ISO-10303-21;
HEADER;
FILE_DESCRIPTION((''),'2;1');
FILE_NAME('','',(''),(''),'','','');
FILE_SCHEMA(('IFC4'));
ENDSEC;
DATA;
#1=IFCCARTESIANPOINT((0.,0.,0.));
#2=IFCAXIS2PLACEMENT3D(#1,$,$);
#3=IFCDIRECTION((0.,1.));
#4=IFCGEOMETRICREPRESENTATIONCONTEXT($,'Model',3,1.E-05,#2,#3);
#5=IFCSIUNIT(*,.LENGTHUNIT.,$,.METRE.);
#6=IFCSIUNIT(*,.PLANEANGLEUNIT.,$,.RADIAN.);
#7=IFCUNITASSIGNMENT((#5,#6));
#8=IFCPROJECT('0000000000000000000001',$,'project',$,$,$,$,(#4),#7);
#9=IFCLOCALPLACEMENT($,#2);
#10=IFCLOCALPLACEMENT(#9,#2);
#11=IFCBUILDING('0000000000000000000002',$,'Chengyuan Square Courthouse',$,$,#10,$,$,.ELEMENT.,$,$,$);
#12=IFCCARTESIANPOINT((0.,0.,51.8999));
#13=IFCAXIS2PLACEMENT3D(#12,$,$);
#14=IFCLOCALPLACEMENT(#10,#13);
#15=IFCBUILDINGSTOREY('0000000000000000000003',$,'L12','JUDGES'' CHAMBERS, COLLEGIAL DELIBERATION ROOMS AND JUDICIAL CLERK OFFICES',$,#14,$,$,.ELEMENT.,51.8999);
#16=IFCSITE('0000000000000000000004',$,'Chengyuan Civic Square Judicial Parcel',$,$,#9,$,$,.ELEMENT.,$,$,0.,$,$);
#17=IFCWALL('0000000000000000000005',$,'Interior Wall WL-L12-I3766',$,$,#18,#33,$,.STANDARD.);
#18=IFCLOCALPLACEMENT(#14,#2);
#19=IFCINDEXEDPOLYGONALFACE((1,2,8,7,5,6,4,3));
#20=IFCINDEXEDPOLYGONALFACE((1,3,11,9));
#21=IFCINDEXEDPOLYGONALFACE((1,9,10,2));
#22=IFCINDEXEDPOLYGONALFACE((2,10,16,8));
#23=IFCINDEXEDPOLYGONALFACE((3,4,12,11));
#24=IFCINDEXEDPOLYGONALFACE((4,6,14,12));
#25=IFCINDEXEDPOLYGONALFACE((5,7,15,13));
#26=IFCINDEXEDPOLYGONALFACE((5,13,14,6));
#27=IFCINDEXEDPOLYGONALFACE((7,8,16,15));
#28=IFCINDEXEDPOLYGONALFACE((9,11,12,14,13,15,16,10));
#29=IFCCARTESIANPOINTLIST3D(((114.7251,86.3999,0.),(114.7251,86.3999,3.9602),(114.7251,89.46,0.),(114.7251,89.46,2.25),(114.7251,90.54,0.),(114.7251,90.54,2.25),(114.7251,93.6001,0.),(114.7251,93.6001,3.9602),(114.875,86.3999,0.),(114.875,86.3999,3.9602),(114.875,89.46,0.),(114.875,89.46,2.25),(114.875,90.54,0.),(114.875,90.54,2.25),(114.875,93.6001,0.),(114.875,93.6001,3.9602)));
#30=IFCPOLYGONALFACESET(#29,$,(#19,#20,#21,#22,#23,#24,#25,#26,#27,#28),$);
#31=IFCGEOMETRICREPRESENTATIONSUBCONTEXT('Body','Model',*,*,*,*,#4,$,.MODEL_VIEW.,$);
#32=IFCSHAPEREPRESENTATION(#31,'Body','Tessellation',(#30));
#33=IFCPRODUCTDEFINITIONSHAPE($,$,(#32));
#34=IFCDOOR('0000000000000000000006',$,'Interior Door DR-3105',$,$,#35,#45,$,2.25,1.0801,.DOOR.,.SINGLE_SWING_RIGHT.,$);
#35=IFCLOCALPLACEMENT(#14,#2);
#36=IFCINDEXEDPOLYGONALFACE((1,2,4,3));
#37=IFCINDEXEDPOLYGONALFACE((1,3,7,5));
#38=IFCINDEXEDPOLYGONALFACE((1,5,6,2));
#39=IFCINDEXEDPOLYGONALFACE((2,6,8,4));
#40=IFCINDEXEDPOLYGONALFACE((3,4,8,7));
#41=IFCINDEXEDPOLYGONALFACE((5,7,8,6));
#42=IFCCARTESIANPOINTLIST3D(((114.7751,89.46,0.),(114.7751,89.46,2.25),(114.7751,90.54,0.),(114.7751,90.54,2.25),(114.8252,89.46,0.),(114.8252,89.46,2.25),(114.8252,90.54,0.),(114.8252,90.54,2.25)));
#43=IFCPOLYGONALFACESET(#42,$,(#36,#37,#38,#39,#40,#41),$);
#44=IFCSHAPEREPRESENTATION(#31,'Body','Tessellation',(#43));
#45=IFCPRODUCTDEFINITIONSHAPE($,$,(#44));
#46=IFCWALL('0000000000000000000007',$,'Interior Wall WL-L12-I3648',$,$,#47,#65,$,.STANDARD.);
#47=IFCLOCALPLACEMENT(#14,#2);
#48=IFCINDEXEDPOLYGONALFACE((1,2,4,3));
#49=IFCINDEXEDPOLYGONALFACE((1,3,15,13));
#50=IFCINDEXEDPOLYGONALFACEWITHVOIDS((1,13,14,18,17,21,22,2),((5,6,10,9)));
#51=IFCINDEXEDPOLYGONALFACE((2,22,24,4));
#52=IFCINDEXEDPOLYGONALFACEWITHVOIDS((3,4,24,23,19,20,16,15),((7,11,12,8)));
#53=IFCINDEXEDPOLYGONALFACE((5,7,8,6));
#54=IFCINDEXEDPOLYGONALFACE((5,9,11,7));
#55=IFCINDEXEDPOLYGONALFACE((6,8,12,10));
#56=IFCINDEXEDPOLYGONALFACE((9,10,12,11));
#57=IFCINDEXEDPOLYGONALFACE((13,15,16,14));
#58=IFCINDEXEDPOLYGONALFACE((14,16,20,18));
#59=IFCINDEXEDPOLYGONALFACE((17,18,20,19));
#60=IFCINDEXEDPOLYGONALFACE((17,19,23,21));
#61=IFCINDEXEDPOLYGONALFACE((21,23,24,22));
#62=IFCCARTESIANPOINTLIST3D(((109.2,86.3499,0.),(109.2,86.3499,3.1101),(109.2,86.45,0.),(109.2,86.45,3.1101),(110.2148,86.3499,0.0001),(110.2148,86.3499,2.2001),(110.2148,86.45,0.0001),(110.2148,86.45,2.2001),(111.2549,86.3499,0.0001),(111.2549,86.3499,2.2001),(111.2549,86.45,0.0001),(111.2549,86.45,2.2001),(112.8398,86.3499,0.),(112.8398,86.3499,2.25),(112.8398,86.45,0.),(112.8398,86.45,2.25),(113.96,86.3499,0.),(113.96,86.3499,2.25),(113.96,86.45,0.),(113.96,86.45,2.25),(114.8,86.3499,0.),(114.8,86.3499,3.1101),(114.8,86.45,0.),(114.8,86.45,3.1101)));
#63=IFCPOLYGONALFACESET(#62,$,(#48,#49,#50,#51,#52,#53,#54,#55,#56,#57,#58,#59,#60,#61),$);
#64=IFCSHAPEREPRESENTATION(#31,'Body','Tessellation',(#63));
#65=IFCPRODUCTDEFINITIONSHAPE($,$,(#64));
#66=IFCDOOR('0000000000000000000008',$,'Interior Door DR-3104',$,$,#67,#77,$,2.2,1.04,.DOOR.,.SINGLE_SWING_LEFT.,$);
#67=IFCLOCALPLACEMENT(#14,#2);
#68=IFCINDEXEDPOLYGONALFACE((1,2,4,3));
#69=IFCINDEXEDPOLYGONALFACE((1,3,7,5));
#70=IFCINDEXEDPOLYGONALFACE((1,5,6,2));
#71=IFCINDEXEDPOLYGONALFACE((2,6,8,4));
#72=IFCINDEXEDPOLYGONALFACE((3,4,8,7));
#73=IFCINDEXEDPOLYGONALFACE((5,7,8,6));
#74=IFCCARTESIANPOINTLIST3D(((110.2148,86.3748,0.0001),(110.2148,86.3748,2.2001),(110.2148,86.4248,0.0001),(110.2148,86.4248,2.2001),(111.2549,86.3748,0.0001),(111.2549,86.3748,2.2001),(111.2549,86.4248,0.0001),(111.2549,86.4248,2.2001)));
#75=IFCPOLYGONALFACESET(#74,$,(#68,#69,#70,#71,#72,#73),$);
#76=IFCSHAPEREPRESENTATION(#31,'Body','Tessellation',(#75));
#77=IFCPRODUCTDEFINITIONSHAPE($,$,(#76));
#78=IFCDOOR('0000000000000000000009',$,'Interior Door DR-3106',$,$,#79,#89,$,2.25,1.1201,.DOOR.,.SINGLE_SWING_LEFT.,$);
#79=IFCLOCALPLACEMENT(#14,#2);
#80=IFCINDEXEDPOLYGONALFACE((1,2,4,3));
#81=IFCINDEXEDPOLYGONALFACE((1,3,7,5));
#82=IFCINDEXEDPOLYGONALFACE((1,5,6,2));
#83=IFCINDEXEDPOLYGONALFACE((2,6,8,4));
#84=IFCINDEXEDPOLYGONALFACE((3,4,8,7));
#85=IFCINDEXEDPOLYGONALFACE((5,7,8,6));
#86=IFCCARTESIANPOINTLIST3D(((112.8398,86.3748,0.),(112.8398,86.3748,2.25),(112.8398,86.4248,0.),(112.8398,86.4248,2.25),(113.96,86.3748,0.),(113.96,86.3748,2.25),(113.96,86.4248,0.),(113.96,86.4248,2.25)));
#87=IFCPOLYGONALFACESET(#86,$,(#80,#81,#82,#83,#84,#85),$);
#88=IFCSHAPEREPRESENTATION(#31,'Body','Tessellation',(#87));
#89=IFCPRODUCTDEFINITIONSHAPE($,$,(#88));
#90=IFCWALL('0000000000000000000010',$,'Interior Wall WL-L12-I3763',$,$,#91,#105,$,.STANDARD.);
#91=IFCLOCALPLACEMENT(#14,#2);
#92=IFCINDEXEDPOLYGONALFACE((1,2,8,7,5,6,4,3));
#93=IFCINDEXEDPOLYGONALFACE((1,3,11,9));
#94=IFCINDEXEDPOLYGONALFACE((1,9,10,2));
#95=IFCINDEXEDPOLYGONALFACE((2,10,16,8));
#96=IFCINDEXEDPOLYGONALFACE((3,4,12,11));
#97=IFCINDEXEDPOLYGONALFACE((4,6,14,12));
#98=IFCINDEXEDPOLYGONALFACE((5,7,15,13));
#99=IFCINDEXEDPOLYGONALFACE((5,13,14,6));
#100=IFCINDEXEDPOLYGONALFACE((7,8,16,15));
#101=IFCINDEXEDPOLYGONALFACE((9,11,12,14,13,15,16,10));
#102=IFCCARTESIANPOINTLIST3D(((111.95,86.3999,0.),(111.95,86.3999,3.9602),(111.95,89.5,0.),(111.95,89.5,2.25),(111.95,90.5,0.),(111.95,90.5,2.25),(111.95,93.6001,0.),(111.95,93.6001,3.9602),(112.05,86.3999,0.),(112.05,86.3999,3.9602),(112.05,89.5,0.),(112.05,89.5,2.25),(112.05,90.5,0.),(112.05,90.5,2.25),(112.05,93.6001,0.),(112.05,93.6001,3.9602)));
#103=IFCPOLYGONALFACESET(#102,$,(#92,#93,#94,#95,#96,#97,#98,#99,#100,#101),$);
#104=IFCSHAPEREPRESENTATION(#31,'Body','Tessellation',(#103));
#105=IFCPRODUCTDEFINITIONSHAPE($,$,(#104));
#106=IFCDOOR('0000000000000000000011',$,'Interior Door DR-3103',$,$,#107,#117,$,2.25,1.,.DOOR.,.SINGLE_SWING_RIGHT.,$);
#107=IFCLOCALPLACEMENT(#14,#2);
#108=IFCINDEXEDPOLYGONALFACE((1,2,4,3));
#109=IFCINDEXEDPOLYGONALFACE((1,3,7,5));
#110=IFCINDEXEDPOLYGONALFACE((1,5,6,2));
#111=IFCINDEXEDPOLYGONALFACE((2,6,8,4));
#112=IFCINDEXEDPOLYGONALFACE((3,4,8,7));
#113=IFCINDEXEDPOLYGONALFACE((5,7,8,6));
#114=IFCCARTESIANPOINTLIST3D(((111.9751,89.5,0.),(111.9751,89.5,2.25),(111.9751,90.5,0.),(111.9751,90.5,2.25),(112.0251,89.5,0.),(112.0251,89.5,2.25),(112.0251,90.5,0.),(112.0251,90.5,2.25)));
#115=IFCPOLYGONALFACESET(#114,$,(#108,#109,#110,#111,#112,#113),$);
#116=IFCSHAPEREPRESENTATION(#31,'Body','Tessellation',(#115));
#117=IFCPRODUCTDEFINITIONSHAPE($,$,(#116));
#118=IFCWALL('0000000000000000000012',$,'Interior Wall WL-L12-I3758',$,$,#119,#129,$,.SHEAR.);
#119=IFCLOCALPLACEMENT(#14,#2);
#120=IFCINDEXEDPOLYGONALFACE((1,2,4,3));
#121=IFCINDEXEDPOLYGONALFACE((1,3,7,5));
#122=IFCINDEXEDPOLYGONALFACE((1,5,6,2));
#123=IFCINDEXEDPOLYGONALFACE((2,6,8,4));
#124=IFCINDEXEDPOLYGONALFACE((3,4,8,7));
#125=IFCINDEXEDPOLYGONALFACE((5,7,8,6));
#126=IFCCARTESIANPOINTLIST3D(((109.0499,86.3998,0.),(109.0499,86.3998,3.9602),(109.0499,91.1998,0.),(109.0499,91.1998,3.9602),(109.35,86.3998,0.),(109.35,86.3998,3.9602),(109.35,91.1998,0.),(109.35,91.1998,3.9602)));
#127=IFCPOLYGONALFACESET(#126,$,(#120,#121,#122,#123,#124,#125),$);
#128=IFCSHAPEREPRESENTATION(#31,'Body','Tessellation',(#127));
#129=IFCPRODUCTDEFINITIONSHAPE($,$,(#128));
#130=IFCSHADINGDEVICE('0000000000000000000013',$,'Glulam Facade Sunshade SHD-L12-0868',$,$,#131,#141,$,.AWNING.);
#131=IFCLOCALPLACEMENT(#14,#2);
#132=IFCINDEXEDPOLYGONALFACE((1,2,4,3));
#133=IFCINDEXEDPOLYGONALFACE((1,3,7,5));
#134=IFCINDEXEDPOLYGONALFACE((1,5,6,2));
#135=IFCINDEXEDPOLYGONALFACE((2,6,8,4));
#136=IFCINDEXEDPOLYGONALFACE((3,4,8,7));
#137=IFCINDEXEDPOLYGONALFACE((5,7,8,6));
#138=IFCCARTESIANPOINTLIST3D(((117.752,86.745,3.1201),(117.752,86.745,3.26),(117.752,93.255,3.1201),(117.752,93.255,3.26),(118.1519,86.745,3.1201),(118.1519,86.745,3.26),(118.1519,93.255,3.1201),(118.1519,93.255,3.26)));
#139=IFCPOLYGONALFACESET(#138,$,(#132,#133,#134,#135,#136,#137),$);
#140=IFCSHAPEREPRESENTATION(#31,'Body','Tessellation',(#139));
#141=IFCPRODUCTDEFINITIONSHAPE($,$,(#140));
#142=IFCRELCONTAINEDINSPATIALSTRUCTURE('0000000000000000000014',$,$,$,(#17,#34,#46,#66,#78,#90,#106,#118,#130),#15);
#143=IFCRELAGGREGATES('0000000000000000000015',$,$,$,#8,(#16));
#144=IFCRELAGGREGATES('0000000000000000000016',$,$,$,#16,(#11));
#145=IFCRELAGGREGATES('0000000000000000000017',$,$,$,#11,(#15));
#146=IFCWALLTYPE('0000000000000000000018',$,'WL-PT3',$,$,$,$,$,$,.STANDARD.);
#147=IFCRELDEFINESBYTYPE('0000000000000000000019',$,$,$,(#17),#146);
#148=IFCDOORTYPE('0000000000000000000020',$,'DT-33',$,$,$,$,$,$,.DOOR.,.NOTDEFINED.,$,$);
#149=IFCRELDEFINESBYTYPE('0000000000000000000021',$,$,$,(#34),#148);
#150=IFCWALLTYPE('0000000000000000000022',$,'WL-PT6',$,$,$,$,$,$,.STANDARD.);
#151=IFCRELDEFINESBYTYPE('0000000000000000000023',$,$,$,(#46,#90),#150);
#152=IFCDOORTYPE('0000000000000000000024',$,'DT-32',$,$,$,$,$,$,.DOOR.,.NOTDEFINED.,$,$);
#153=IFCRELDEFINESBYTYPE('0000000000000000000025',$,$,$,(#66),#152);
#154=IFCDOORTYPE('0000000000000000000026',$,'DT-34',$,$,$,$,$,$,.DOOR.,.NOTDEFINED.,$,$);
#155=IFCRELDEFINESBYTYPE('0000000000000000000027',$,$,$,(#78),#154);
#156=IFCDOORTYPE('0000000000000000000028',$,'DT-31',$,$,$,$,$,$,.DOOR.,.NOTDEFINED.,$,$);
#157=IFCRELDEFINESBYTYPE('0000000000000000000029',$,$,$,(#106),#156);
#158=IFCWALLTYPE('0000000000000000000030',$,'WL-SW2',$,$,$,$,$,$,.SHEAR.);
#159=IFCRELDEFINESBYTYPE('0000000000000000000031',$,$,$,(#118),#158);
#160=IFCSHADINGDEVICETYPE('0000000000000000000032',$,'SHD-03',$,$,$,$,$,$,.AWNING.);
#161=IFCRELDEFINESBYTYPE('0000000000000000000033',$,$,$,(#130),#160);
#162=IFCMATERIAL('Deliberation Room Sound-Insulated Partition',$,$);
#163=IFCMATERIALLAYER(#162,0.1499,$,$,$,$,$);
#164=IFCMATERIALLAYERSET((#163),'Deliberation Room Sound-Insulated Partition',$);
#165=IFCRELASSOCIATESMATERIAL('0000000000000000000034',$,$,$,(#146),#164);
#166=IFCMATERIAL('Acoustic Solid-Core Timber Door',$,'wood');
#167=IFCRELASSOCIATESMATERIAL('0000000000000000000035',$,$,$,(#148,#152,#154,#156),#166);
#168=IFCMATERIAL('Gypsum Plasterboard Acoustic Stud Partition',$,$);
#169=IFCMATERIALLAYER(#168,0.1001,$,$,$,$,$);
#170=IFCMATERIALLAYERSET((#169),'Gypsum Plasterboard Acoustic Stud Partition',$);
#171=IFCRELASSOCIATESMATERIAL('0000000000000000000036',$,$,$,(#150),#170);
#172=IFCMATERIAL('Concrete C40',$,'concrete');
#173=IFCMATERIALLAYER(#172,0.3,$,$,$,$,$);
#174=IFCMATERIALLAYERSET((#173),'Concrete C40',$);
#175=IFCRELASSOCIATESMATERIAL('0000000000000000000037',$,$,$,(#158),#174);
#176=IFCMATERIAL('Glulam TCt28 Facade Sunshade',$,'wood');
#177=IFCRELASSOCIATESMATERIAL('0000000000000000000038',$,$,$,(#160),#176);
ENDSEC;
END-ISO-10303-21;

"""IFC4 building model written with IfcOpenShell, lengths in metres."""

from ifc_helpers import new_model, si_unit, direction, frame, frame_2d, origin, origin_2d, place, context, subcontext, project, spatial, rectangle, extrude, material, layer, layer_set, type_object, element, fill, save


model = new_model("IFC4")

# Units and contexts
model_context = context("Model", 3, precision=1e-05, world=origin(), true_north=direction((0.0, 1.0)))
body_context = subcontext(model_context, "Body", "Model", "MODEL_VIEW")
ifc_project = project(units=[si_unit("LENGTHUNIT", "METRE"), si_unit("PLANEANGLEUNIT", "RADIAN")], contexts=[model_context])

# Site, building, storey
site_placement = place(None, origin())
site = spatial("IfcSite", under=ifc_project, at=site_placement, Name="Chengyuan Civic Square Judicial Parcel", CompositionType="ELEMENT", RefElevation=0.0)
building_placement = place(site_placement, origin())
building = spatial("IfcBuilding", under=site, at=building_placement, Name="Chengyuan Square Courthouse", CompositionType="ELEMENT")
storey_placement = place(building_placement, frame((0.0, 0.0, 51.8999)))
storey = spatial("IfcBuildingStorey", under=building, at=storey_placement, Name="L12", Description="JUDGES' CHAMBERS, COLLEGIAL DELIBERATION ROOMS AND JUDICIAL CLERK OFFICES", CompositionType="ELEMENT", Elevation=51.8999)

# Shared definitions
ifc_material_1 = material(Name="Concrete C40", Category="concrete")

# Wall, opening, door
ifc_material_2 = material(Name="Deliberation Room Sound-Insulated Partition")
ifc_layer_1 = layer(ifc_material_2, 0.1499)
ifc_layer_set_1 = layer_set([ifc_layer_1], Name="Deliberation Room Sound-Insulated Partition")
wall_type_1 = type_object("IfcWallType", Name="WL-PT3", PredefinedType="STANDARD", material=ifc_layer_set_1)
ifc_material_3 = material(Name="Acoustic Solid-Core Timber Door", Category="wood")
wall_1_placement = place(storey_placement, frame((114.8, 86.3999, 0.0), z_axis=(0.0, 0.0, 1.0), x_axis=(0.0, 1.0, 0.0)))
wall_1 = element("IfcWall", 1, at=wall_1_placement, inside=storey, type_object=wall_type_1, Name="Interior Wall WL-L12-I3766", PredefinedType="STANDARD", context=body_context, shape_type="SweptSolid", body=[
    extrude(rectangle(XDim=7.2002, YDim=0.1499, at=frame_2d((3.6001, 0.0))), origin(), (0.0, 0.0, 1.0), 3.9602),
])
opening_1_placement = place(wall_1_placement, frame((3.0601, 0.0, 0.0)))
opening_1 = element("IfcOpeningElement", 2, at=opening_1_placement, cuts=wall_1, PredefinedType="OPENING", context=body_context, shape_type="SweptSolid", body=[
    extrude(rectangle(XDim=1.0801, YDim=2.25, at=frame_2d((0.54, 1.125))), frame((0.0, 0.0869, 0.0), z_axis=(0.0, -1.0, 0.0), x_axis=(1.0, 0.0, 0.0)), (0.0, 0.0, 1.0), 0.1738),
])
door_type_1 = type_object("IfcDoorType", Name="DT-33", OperationType="NOTDEFINED", PredefinedType="DOOR", material=ifc_material_3)
door_1_placement = place(opening_1_placement, origin())
door_1 = element("IfcDoor", 3, at=door_1_placement, inside=storey, type_object=door_type_1, Name="Interior Door DR-3105", OperationType="SINGLE_SWING_RIGHT", OverallHeight=2.25, OverallWidth=1.0801, PredefinedType="DOOR", context=body_context, shape_type="SweptSolid", body=[
    extrude(rectangle(XDim=1.0801, YDim=2.25, at=frame_2d((0.54, 1.125))), frame((0.0, 0.0249, 0.0), z_axis=(0.0, -1.0, 0.0), x_axis=(1.0, 0.0, 0.0)), (0.0, 0.0, 1.0), 0.05),
])
fill(opening_1, door_1)

# Wall, openings, doors
ifc_material_4 = material(Name="Gypsum Plasterboard Acoustic Stud Partition")
ifc_layer_2 = layer(ifc_material_4, 0.1001)
ifc_layer_set_2 = layer_set([ifc_layer_2], Name="Gypsum Plasterboard Acoustic Stud Partition")
wall_type_2 = type_object("IfcWallType", Name="WL-PT6", PredefinedType="STANDARD", material=ifc_layer_set_2)
wall_2_placement = place(storey_placement, frame((109.2, 86.3999, 0.0), z_axis=(0.0, 0.0, 1.0), x_axis=(1.0, 0.0, 0.0)))
wall_2 = element("IfcWall", 4, at=wall_2_placement, inside=storey, type_object=wall_type_2, Name="Interior Wall WL-L12-I3648", PredefinedType="STANDARD", context=body_context, shape_type="SweptSolid", body=[
    extrude(rectangle(XDim=5.6001, YDim=0.1001, at=frame_2d((2.8, 0.0))), origin(), (0.0, 0.0, 1.0), 3.1101),
])
opening_2_placement = place(wall_2_placement, frame((1.0149, 0.0, 0.0)))
opening_2 = element("IfcOpeningElement", 5, at=opening_2_placement, cuts=wall_2, PredefinedType="OPENING", context=body_context, shape_type="SweptSolid", body=[
    extrude(rectangle(XDim=1.04, YDim=2.2, at=frame_2d((0.52, 1.1001))), frame((0.0, 0.062, 0.0), z_axis=(0.0, -1.0, 0.0), x_axis=(1.0, 0.0, 0.0)), (0.0, 0.0, 1.0), 0.124),
])
opening_3_placement = place(wall_2_placement, frame((3.6399, 0.0, 0.0)))
opening_3 = element("IfcOpeningElement", 6, at=opening_3_placement, cuts=wall_2, PredefinedType="OPENING", context=body_context, shape_type="SweptSolid", body=[
    extrude(rectangle(XDim=1.1201, YDim=2.25, at=frame_2d((0.5601, 1.125))), frame((0.0, 0.062, 0.0), z_axis=(0.0, -1.0, 0.0), x_axis=(1.0, 0.0, 0.0)), (0.0, 0.0, 1.0), 0.124),
])
door_type_2 = type_object("IfcDoorType", Name="DT-32", OperationType="NOTDEFINED", PredefinedType="DOOR", material=ifc_material_3)
door_2_placement = place(opening_2_placement, origin())
door_2 = element("IfcDoor", 7, at=door_2_placement, inside=storey, type_object=door_type_2, Name="Interior Door DR-3104", OperationType="SINGLE_SWING_LEFT", OverallHeight=2.2, OverallWidth=1.04, PredefinedType="DOOR", context=body_context, shape_type="SweptSolid", body=[
    extrude(rectangle(XDim=1.04, YDim=2.2, at=frame_2d((0.52, 1.1001))), frame((0.0, 0.0249, 0.0), z_axis=(0.0, -1.0, 0.0), x_axis=(1.0, 0.0, 0.0)), (0.0, 0.0, 1.0), 0.05),
])
fill(opening_2, door_2)
door_type_3 = type_object("IfcDoorType", Name="DT-34", OperationType="NOTDEFINED", PredefinedType="DOOR", material=ifc_material_3)
door_3_placement = place(opening_3_placement, origin())
door_3 = element("IfcDoor", 8, at=door_3_placement, inside=storey, type_object=door_type_3, Name="Interior Door DR-3106", OperationType="SINGLE_SWING_LEFT", OverallHeight=2.25, OverallWidth=1.1201, PredefinedType="DOOR", context=body_context, shape_type="SweptSolid", body=[
    extrude(rectangle(XDim=1.1201, YDim=2.25, at=frame_2d((0.5601, 1.125))), frame((0.0, 0.0249, 0.0), z_axis=(0.0, -1.0, 0.0), x_axis=(1.0, 0.0, 0.0)), (0.0, 0.0, 1.0), 0.05),
])
fill(opening_3, door_3)

# Wall, opening, door
wall_3_placement = place(storey_placement, frame((112.0, 86.3999, 0.0), z_axis=(0.0, 0.0, 1.0), x_axis=(0.0, 1.0, 0.0)))
wall_3 = element("IfcWall", 9, at=wall_3_placement, inside=storey, type_object=wall_type_2, Name="Interior Wall WL-L12-I3763", PredefinedType="STANDARD", context=body_context, shape_type="SweptSolid", body=[
    extrude(rectangle(XDim=7.2002, YDim=0.1001, at=frame_2d((3.6001, 0.0))), origin(), (0.0, 0.0, 1.0), 3.9602),
])
opening_4_placement = place(wall_3_placement, frame((3.1001, 0.0, 0.0)))
opening_4 = element("IfcOpeningElement", 10, at=opening_4_placement, cuts=wall_3, PredefinedType="OPENING", context=body_context, shape_type="SweptSolid", body=[
    extrude(rectangle(XDim=1.0, YDim=2.25, at=frame_2d((0.5, 1.125))), frame((0.0, 0.062, 0.0), z_axis=(0.0, -1.0, 0.0), x_axis=(1.0, 0.0, 0.0)), (0.0, 0.0, 1.0), 0.124),
])
door_type_4 = type_object("IfcDoorType", Name="DT-31", OperationType="NOTDEFINED", PredefinedType="DOOR", material=ifc_material_3)
door_4_placement = place(opening_4_placement, origin())
door_4 = element("IfcDoor", 11, at=door_4_placement, inside=storey, type_object=door_type_4, Name="Interior Door DR-3103", OperationType="SINGLE_SWING_RIGHT", OverallHeight=2.25, OverallWidth=1.0, PredefinedType="DOOR", context=body_context, shape_type="SweptSolid", body=[
    extrude(rectangle(XDim=1.0, YDim=2.25, at=frame_2d((0.5, 1.125))), frame((0.0, 0.0249, 0.0), z_axis=(0.0, -1.0, 0.0), x_axis=(1.0, 0.0, 0.0)), (0.0, 0.0, 1.0), 0.05),
])
fill(opening_4, door_4)

# Wall
ifc_layer_3 = layer(ifc_material_1, 0.3)
ifc_layer_set_3 = layer_set([ifc_layer_3], Name="Concrete C40")
wall_type_3 = type_object("IfcWallType", Name="WL-SW2", PredefinedType="SHEAR", material=ifc_layer_set_3)
wall_4_placement = place(storey_placement, frame((109.2, 86.3999, 0.0), z_axis=(0.0, 0.0, 1.0), x_axis=(0.0, 1.0, 0.0)))
element("IfcWall", 12, at=wall_4_placement, inside=storey, type_object=wall_type_3, Name="Interior Wall WL-L12-I3758", PredefinedType="SHEAR", context=body_context, shape_type="SweptSolid", body=[
    extrude(rectangle(XDim=4.8, YDim=0.3, at=frame_2d((2.3999, 0.0))), origin(), (0.0, 0.0, 1.0), 3.9602),
])

# Shading device
ifc_material_5 = material(Name="Glulam TCt28 Facade Sunshade", Category="wood")
shading_device_type = type_object("IfcShadingDeviceType", Name="SHD-03", PredefinedType="AWNING", material=ifc_material_5)
shading_device_placement = place(storey_placement, frame((117.9519, 90.0, 3.1201), z_axis=(0.0, 0.0, 1.0), x_axis=(0.0, 1.0, 0.0)))
element("IfcShadingDevice", 13, at=shading_device_placement, inside=storey, type_object=shading_device_type, Name="Glulam Facade Sunshade SHD-L12-0868", PredefinedType="AWNING", context=body_context, shape_type="SweptSolid", body=[
    extrude(rectangle(XDim=6.51, YDim=0.3999, at=origin_2d()), origin(), (0.0, 0.0, 1.0), 0.1399),
])

save(model, "model.ifc")
